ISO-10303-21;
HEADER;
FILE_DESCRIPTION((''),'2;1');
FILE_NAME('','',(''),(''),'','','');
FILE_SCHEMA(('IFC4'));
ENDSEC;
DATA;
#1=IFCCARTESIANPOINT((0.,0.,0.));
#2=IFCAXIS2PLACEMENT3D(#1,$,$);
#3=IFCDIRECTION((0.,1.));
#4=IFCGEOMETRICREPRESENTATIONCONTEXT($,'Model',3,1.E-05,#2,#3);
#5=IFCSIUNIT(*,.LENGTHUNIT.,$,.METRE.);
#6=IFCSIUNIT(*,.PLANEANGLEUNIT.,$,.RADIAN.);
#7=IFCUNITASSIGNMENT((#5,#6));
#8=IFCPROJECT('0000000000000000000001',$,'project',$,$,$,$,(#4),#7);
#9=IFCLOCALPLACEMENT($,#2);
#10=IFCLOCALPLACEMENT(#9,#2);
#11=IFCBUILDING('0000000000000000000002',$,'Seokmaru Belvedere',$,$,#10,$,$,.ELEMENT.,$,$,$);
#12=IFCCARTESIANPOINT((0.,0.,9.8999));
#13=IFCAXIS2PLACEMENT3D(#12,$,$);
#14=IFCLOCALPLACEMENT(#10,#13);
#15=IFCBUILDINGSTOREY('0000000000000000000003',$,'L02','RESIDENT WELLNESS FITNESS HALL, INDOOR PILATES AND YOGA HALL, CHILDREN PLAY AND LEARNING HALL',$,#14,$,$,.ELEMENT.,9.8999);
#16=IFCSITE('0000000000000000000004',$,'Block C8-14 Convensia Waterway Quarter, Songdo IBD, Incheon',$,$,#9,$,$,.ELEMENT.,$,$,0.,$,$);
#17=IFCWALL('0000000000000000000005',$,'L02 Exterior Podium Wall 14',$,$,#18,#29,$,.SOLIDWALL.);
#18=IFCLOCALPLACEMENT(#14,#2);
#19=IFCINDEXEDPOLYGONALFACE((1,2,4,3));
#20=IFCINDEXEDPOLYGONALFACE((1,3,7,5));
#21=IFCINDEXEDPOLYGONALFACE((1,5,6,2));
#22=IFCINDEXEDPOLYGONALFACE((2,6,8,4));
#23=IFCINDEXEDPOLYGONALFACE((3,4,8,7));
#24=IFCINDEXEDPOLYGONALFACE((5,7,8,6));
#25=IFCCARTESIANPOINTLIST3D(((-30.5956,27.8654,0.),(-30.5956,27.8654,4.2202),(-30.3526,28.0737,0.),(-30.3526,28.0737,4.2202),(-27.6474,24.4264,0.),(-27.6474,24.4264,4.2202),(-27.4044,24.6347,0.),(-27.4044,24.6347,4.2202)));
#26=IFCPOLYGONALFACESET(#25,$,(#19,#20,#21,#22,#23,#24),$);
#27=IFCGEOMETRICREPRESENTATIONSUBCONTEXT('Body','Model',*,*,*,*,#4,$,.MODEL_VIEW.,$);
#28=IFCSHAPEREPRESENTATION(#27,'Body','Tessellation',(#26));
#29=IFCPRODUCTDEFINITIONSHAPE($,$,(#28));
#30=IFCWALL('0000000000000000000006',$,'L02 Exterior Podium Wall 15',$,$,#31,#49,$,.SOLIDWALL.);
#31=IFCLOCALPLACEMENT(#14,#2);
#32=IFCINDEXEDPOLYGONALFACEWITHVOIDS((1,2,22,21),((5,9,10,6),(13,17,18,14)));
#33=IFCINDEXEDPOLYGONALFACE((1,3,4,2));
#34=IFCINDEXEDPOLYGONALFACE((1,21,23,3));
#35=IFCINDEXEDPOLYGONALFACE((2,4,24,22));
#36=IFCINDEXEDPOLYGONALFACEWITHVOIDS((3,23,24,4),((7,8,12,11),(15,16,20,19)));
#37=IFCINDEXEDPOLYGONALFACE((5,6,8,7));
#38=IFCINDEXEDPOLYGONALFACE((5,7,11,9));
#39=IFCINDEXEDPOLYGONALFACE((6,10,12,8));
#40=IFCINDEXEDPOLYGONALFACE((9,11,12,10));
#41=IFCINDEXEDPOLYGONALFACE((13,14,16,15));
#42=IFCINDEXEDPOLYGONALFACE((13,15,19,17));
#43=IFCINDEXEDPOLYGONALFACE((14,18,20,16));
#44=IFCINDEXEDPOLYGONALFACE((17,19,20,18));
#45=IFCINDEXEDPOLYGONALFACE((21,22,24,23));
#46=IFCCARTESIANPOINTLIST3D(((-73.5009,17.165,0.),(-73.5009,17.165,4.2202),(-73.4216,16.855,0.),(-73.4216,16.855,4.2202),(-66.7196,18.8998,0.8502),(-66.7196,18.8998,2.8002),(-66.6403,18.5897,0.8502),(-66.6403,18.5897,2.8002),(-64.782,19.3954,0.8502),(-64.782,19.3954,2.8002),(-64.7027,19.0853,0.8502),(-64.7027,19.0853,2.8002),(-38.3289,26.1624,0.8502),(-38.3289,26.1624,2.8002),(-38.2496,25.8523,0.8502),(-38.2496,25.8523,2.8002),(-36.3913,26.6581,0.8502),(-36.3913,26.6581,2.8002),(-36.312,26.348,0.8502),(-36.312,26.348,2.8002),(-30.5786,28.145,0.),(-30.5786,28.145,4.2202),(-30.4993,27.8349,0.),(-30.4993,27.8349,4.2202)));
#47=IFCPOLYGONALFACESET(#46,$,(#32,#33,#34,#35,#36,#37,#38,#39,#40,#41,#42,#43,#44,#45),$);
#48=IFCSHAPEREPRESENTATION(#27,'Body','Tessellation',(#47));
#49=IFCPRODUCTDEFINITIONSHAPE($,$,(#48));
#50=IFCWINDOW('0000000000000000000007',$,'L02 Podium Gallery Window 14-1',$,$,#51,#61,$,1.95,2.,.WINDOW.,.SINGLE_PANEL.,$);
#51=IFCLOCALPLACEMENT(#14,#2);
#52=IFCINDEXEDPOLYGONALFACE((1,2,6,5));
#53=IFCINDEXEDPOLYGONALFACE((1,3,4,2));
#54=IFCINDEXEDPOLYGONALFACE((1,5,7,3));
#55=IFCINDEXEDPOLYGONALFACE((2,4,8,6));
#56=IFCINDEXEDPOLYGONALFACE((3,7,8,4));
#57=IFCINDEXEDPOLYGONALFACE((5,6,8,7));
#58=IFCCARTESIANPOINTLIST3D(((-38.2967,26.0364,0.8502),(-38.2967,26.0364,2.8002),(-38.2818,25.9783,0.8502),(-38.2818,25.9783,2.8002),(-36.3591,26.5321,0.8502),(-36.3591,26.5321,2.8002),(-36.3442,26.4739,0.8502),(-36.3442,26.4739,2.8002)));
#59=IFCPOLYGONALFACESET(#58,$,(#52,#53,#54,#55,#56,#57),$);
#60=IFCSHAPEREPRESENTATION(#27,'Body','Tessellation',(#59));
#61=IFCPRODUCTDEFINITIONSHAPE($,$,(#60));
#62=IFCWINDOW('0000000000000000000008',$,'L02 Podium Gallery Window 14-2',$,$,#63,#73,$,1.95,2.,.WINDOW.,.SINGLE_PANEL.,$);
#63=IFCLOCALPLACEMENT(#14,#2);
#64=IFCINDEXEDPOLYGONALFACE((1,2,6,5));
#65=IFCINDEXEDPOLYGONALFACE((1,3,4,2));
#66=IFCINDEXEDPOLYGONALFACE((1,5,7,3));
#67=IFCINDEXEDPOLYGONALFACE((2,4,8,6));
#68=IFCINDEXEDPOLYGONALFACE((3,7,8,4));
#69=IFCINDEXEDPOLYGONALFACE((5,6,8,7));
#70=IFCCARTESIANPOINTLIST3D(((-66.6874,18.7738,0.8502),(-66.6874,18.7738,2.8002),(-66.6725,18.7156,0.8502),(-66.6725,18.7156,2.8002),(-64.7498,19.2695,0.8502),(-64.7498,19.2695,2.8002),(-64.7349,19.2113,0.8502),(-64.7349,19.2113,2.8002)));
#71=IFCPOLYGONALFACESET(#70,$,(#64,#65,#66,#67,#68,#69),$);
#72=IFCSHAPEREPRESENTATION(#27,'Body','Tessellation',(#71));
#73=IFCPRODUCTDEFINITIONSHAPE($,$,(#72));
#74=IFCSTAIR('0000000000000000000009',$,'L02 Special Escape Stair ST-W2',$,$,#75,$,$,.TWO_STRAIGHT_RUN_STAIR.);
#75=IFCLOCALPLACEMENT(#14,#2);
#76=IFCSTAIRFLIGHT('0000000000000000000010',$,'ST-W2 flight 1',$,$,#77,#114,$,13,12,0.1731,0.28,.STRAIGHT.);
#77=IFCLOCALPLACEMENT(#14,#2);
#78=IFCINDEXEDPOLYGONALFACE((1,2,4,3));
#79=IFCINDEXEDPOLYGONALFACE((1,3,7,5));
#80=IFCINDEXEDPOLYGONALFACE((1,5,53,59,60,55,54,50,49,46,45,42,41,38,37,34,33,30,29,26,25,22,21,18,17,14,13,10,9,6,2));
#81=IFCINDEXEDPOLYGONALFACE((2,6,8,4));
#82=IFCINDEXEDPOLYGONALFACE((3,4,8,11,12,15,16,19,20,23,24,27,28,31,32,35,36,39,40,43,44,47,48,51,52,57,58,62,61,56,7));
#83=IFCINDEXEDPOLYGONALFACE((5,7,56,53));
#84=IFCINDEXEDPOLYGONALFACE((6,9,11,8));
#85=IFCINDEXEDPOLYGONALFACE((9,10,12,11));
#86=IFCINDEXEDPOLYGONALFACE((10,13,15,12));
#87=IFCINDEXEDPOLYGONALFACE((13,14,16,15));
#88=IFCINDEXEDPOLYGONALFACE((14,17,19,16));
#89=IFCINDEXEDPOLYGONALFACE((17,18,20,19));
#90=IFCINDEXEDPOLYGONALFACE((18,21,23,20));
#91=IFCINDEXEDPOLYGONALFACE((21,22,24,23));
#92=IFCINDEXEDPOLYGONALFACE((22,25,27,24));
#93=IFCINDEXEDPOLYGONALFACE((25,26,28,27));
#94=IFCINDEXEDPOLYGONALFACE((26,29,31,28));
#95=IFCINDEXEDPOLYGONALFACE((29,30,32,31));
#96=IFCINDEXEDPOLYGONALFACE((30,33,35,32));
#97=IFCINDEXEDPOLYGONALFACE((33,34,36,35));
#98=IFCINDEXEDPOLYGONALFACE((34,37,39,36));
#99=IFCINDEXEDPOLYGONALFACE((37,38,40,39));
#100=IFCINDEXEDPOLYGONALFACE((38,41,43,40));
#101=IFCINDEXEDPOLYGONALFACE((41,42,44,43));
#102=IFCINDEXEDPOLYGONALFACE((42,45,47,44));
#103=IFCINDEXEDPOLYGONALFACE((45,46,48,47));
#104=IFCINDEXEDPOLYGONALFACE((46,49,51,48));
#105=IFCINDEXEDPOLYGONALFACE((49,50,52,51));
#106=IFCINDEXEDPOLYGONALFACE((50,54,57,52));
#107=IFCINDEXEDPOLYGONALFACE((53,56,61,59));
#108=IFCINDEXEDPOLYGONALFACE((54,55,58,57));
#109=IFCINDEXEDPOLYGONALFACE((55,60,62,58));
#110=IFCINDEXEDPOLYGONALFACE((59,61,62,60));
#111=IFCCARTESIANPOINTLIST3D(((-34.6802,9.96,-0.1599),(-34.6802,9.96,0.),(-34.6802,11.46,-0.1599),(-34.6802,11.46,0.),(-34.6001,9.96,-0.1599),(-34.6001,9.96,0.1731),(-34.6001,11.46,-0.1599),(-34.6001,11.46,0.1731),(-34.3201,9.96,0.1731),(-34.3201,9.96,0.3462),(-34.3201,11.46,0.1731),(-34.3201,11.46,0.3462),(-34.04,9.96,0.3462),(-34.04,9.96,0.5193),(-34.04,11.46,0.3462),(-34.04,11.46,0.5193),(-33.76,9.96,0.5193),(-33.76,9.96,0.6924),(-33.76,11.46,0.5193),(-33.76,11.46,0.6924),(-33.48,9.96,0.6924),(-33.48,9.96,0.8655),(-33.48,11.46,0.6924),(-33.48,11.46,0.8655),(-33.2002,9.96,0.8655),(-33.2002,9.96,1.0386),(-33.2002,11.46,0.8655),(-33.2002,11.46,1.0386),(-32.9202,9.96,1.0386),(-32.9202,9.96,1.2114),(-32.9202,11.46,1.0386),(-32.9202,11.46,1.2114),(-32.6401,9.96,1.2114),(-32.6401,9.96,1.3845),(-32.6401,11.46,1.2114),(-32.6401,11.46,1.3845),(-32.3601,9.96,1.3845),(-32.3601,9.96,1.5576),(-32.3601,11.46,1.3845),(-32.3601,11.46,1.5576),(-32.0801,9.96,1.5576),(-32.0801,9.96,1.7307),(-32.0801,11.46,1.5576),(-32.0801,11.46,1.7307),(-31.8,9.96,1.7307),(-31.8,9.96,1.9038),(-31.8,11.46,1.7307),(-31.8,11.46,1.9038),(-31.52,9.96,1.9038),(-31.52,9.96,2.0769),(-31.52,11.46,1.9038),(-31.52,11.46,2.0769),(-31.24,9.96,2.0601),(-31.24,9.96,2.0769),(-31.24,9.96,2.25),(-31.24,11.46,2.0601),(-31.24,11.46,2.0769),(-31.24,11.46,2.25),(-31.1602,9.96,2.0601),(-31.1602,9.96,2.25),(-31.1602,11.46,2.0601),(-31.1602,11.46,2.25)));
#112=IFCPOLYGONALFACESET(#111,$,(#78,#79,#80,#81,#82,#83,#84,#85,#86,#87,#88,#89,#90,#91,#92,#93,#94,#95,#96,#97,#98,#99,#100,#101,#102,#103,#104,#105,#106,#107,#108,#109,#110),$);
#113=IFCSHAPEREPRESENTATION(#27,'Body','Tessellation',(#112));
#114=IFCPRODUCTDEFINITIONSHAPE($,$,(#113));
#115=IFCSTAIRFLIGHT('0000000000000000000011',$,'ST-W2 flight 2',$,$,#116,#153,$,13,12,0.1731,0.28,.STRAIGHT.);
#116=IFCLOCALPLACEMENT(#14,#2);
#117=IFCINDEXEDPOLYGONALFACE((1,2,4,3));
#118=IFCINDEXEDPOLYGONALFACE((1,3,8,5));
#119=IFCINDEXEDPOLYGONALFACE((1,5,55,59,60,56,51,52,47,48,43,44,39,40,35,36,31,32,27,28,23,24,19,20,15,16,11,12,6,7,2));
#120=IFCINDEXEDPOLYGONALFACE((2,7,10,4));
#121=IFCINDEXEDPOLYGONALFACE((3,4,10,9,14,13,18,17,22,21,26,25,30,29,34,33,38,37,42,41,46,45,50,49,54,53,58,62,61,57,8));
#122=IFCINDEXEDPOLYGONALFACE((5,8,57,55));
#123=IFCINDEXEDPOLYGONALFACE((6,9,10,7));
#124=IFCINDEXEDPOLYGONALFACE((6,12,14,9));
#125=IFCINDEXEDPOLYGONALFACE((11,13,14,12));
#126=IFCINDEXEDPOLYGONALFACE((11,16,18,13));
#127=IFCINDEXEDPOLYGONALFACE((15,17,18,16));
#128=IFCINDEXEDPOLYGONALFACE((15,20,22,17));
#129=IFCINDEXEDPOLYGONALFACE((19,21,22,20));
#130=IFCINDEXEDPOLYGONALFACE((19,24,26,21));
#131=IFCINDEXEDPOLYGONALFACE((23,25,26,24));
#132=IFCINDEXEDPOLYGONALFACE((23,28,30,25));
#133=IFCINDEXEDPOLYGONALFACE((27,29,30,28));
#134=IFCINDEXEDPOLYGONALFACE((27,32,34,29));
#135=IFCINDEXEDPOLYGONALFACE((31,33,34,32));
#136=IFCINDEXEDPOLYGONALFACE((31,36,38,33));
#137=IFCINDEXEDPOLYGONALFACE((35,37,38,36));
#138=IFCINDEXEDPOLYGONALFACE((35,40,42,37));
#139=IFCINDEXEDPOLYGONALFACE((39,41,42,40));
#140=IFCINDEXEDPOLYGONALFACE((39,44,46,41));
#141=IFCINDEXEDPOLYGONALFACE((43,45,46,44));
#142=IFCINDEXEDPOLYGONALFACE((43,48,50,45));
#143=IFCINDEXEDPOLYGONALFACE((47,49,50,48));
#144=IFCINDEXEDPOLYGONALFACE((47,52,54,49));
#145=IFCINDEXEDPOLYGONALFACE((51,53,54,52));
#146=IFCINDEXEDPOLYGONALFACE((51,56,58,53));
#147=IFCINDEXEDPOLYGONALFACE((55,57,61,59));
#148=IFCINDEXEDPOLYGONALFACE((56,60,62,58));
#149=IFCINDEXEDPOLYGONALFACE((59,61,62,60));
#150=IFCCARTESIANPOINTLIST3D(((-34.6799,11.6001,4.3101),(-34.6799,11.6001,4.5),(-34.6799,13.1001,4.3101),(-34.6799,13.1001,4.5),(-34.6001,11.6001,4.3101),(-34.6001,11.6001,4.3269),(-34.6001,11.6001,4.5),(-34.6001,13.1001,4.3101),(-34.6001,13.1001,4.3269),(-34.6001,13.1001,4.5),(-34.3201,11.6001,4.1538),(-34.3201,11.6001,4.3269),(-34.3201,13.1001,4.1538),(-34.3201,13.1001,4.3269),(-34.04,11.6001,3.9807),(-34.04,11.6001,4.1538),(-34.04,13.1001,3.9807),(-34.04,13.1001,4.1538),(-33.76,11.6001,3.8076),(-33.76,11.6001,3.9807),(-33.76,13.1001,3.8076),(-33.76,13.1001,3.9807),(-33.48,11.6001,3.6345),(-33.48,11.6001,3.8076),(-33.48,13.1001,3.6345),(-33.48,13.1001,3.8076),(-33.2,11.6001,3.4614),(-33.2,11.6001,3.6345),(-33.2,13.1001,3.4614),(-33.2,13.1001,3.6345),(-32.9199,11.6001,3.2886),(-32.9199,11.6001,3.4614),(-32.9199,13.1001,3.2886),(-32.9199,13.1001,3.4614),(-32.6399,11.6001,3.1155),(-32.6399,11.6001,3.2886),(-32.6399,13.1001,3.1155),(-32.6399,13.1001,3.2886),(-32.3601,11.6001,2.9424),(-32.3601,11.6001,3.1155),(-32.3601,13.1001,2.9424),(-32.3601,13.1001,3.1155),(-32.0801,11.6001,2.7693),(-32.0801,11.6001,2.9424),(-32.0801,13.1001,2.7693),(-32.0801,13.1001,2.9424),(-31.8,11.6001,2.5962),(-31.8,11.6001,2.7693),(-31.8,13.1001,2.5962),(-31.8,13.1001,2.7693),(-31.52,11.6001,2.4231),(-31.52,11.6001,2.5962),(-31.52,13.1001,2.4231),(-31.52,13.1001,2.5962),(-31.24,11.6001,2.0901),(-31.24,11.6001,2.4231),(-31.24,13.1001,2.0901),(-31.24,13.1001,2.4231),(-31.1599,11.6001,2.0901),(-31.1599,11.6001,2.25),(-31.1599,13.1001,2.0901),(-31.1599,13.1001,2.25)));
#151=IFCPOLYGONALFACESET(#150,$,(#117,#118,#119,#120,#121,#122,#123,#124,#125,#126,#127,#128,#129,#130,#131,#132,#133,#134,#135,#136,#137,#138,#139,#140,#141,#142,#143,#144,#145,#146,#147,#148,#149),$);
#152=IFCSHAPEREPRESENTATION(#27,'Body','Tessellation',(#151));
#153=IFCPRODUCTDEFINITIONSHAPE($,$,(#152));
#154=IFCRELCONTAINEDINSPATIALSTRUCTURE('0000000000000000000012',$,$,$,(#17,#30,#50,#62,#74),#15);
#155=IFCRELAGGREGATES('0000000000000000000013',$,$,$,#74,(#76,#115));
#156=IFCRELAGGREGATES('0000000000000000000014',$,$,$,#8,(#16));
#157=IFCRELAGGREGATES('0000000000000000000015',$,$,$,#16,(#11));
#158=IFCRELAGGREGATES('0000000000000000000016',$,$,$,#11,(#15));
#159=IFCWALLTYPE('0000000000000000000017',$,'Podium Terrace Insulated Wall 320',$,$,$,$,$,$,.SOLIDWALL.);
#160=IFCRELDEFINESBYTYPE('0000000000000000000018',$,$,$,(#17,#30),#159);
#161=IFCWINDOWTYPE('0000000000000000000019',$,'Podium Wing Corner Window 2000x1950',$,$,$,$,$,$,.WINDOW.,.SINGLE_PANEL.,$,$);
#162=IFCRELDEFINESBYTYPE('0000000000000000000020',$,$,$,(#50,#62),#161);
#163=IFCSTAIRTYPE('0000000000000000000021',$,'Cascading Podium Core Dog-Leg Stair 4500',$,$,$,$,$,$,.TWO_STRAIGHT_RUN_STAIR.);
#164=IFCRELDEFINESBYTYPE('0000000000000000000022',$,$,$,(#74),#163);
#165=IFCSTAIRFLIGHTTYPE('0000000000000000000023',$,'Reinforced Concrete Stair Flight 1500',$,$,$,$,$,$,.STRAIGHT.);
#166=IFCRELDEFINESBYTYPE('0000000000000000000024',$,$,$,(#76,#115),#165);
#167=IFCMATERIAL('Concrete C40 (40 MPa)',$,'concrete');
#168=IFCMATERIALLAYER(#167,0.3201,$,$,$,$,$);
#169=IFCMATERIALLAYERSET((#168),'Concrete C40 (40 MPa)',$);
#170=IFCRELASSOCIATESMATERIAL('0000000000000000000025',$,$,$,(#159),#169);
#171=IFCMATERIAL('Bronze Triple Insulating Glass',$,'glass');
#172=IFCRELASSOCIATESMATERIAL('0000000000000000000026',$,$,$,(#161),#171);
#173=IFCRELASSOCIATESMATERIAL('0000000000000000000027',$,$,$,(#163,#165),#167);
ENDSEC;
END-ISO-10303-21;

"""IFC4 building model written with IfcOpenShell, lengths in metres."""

from ifc_helpers import new_model, si_unit, direction, frame, frame_2d, origin, place, context, subcontext, project, spatial, polyline, rectangle, outline, extrude, source, transform, mapped, material, layer, layer_set, type_object, type_shapes, element, fill, aggregate, save


model = new_model("IFC4")

# Units and contexts
model_context = context("Model", 3, precision=1e-05, world=origin(), true_north=direction((0.0, 1.0)))
body_context = subcontext(model_context, "Body", "Model", "MODEL_VIEW")
ifc_project = project(units=[si_unit("LENGTHUNIT", "METRE"), si_unit("PLANEANGLEUNIT", "RADIAN")], contexts=[model_context])

# Site, building, storey
site_placement = place(None, origin())
site = spatial("IfcSite", under=ifc_project, at=site_placement, Name="Block C8-14 Convensia Waterway Quarter, Songdo IBD, Incheon", CompositionType="ELEMENT", RefElevation=0.0)
building_placement = place(site_placement, origin())
building = spatial("IfcBuilding", under=site, at=building_placement, Name="Seokmaru Belvedere", CompositionType="ELEMENT")
storey_placement = place(building_placement, frame((0.0, 0.0, 9.8999)))
storey = spatial("IfcBuildingStorey", under=building, at=storey_placement, Name="L02", Description="RESIDENT WELLNESS FITNESS HALL, INDOOR PILATES AND YOGA HALL, CHILDREN PLAY AND LEARNING HALL", CompositionType="ELEMENT", Elevation=9.8999)

# Wall
ifc_material_1 = material(Name="Concrete C40 (40 MPa)", Category="concrete")
ifc_layer_1 = layer(ifc_material_1, 0.3201)
ifc_layer_set_1 = layer_set([ifc_layer_1], Name="Concrete C40 (40 MPa)")
wall_type_1 = type_object("IfcWallType", Name="Podium Terrace Insulated Wall 320", PredefinedType="SOLIDWALL", material=ifc_layer_set_1)
wall_1_placement = place(storey_placement, frame((-27.5259, 24.5305, 0.0), z_axis=(0.0, 0.0, 1.0), x_axis=(-0.650862, 0.759196, 0.0)))
element("IfcWall", 1, at=wall_1_placement, inside=storey, type_object=wall_type_1, Name="L02 Exterior Podium Wall 14", PredefinedType="SOLIDWALL", context=body_context, shape_type="SweptSolid", body=[
    extrude(rectangle(XDim=4.5298, YDim=0.3201, at=frame_2d((2.2649, 0.0))), origin(), (0.0, 0.0, 1.0), 4.2202),
])

# Wall, openings, windows
wall_2_placement = place(storey_placement, frame((-30.5388, 27.99, 0.0), z_axis=(0.0, 0.0, 1.0), x_axis=(-0.968804, -0.24783, 0.0)))
wall_2 = element("IfcWall", 2, at=wall_2_placement, inside=storey, type_object=wall_type_1, Name="L02 Exterior Podium Wall 15", PredefinedType="SOLIDWALL", context=body_context, shape_type="SweptSolid", body=[
    extrude(rectangle(XDim=44.3044, YDim=0.3201, at=frame_2d((22.1523, 0.0))), origin(), (0.0, 0.0, 1.0), 4.2202),
])
opening_1_placement = place(wall_2_placement, frame((6.0, 0.0, 0.8501)))
opening_1 = element("IfcOpeningElement", 3, at=opening_1_placement, cuts=wall_2, PredefinedType="OPENING", context=body_context, shape_type="SweptSolid", body=[
    extrude(rectangle(XDim=2.0, YDim=1.95, at=frame_2d((1.0, 0.9751))), frame((0.0, 0.1699, 0.0), z_axis=(0.0, -1.0, 0.0), x_axis=(1.0, 0.0, 0.0)), (0.0, 0.0, 1.0), 0.3401),
])
opening_2_placement = place(wall_2_placement, frame((35.3049, 0.0, 0.8501)))
opening_2 = element("IfcOpeningElement", 4, at=opening_2_placement, cuts=wall_2, PredefinedType="OPENING", context=body_context, shape_type="SweptSolid", body=[
    extrude(rectangle(XDim=2.0, YDim=1.95, at=frame_2d((1.0, 0.9751))), frame((0.0, 0.1699, 0.0), z_axis=(0.0, -1.0, 0.0), x_axis=(1.0, 0.0, 0.0)), (0.0, 0.0, 1.0), 0.3401),
])
ifc_material_2 = material(Name="Bronze Triple Insulating Glass", Category="glass")
window_type = type_object("IfcWindowType", Name="Podium Wing Corner Window 2000x1950", PartitioningType="SINGLE_PANEL", PredefinedType="WINDOW", material=ifc_material_2)
shared_shape_1 = source(origin(), body_context, "Body", "SweptSolid", [
    extrude(rectangle(XDim=2.0, YDim=1.95, at=frame_2d((1.0, 0.9751))), frame((0.0, 0.03, 0.0), z_axis=(0.0, -1.0, 0.0), x_axis=(1.0, 0.0, 0.0)), (0.0, 0.0, 1.0), 0.0601),
])
type_shapes(window_type, [shared_shape_1])
window_1_placement = place(opening_1_placement, origin())
window_1 = element("IfcWindow", 5, at=window_1_placement, inside=storey, type_object=window_type, Name="L02 Podium Gallery Window 14-1", OverallHeight=1.95, OverallWidth=2.0, PartitioningType="SINGLE_PANEL", PredefinedType="WINDOW", context=body_context, shape_type="MappedRepresentation", body=[
    mapped(shared_shape_1, transform((0.0, 0.0, 0.0), scale=1.0)),
])
fill(opening_1, window_1)
window_2_placement = place(opening_2_placement, origin())
window_2 = element("IfcWindow", 6, at=window_2_placement, inside=storey, type_object=window_type, Name="L02 Podium Gallery Window 14-2", OverallHeight=1.95, OverallWidth=2.0, PartitioningType="SINGLE_PANEL", PredefinedType="WINDOW", context=body_context, shape_type="MappedRepresentation", body=[
    mapped(shared_shape_1, transform((0.0, 0.0, 0.0), scale=1.0)),
])
fill(opening_2, window_2)

# Stair, stair flights
stair_type = type_object("IfcStairType", Name="Cascading Podium Core Dog-Leg Stair 4500", PredefinedType="TWO_STRAIGHT_RUN_STAIR", material=ifc_material_1)
stair_placement = place(storey_placement, origin())
stair = element("IfcStair", 7, at=stair_placement, inside=storey, type_object=stair_type, Name="L02 Special Escape Stair ST-W2", PredefinedType="TWO_STRAIGHT_RUN_STAIR")
stair_flight_type = type_object("IfcStairFlightType", Name="Reinforced Concrete Stair Flight 1500", PredefinedType="STRAIGHT", material=ifc_material_1)
stair_flight_1_placement = place(storey_placement, frame((-34.6001, 10.71, 0.0), z_axis=(0.0, 0.0, 1.0), x_axis=(1.0, 0.0, 0.0)))
stair_flight_1 = element("IfcStairFlight", 8, at=stair_flight_1_placement, type_object=stair_flight_type, Name="ST-W2 flight 1", NumberOfRisers=13, NumberOfTreads=12, PredefinedType="STRAIGHT", RiserHeight=0.1731, TreadLength=0.28, context=body_context, shape_type="SweptSolid", body=[
    extrude(outline(polyline([(-0.0801, 0.0), (0.0, 0.1731), (0.28, 0.1731), (0.28, 0.3462), (0.5601, 0.3462), (0.5601, 0.5193), (0.8401, 0.5193), (0.8401, 0.6924), (1.1201, 0.6924), (1.1201, 0.8655), (1.3999, 0.8655), (1.3999, 1.0386), (1.6799, 1.0386), (1.6799, 1.2114), (1.96, 1.2114), (1.96, 1.3845), (2.24, 1.3845), (2.24, 1.5576), (2.52, 1.5576), (2.52, 1.7307), (2.8, 1.7307), (2.8, 1.9038), (3.0801, 1.9038), (3.0801, 2.0769), (3.3601, 2.0769), (3.3601, 2.25), (3.4399, 2.25), (3.4399, 2.0601), (3.3601, 2.0601), (0.0, -0.1599), (-0.0801, -0.1599), (-0.0801, 0.0)])), frame((0.0, 0.75, 0.0), z_axis=(0.0, -1.0, 0.0), x_axis=(1.0, 0.0, 0.0)), (0.0, 0.0, 1.0), 1.5),
])
stair_flight_2_placement = place(storey_placement, frame((-31.24, 12.3501, 2.25), z_axis=(0.0, 0.0, 1.0), x_axis=(-1.0, 0.0, 0.0)))
stair_flight_2 = element("IfcStairFlight", 9, at=stair_flight_2_placement, type_object=stair_flight_type, Name="ST-W2 flight 2", NumberOfRisers=13, NumberOfTreads=12, PredefinedType="STRAIGHT", RiserHeight=0.1731, TreadLength=0.28, context=body_context, shape_type="SweptSolid", body=[
    extrude(outline(polyline([(-0.0801, 0.0), (0.0, 0.1731), (0.28, 0.1731), (0.28, 0.3462), (0.5601, 0.3462), (0.5601, 0.5193), (0.8401, 0.5193), (0.8401, 0.6924), (1.1201, 0.6924), (1.1201, 0.8655), (1.3999, 0.8655), (1.3999, 1.0386), (1.6799, 1.0386), (1.6799, 1.2114), (1.96, 1.2114), (1.96, 1.3845), (2.24, 1.3845), (2.24, 1.5576), (2.52, 1.5576), (2.52, 1.7307), (2.8, 1.7307), (2.8, 1.9038), (3.0801, 1.9038), (3.0801, 2.0769), (3.3601, 2.0769), (3.3601, 2.25), (3.4399, 2.25), (3.4399, 2.0601), (3.3601, 2.0601), (0.0, -0.1599), (-0.0801, -0.1599), (-0.0801, 0.0)])), frame((0.0, 0.75, 0.0), z_axis=(0.0, -1.0, 0.0), x_axis=(1.0, 0.0, 0.0)), (0.0, 0.0, 1.0), 1.5),
])
aggregate(stair, [stair_flight_1, stair_flight_2])

save(model, "model.ifc")
